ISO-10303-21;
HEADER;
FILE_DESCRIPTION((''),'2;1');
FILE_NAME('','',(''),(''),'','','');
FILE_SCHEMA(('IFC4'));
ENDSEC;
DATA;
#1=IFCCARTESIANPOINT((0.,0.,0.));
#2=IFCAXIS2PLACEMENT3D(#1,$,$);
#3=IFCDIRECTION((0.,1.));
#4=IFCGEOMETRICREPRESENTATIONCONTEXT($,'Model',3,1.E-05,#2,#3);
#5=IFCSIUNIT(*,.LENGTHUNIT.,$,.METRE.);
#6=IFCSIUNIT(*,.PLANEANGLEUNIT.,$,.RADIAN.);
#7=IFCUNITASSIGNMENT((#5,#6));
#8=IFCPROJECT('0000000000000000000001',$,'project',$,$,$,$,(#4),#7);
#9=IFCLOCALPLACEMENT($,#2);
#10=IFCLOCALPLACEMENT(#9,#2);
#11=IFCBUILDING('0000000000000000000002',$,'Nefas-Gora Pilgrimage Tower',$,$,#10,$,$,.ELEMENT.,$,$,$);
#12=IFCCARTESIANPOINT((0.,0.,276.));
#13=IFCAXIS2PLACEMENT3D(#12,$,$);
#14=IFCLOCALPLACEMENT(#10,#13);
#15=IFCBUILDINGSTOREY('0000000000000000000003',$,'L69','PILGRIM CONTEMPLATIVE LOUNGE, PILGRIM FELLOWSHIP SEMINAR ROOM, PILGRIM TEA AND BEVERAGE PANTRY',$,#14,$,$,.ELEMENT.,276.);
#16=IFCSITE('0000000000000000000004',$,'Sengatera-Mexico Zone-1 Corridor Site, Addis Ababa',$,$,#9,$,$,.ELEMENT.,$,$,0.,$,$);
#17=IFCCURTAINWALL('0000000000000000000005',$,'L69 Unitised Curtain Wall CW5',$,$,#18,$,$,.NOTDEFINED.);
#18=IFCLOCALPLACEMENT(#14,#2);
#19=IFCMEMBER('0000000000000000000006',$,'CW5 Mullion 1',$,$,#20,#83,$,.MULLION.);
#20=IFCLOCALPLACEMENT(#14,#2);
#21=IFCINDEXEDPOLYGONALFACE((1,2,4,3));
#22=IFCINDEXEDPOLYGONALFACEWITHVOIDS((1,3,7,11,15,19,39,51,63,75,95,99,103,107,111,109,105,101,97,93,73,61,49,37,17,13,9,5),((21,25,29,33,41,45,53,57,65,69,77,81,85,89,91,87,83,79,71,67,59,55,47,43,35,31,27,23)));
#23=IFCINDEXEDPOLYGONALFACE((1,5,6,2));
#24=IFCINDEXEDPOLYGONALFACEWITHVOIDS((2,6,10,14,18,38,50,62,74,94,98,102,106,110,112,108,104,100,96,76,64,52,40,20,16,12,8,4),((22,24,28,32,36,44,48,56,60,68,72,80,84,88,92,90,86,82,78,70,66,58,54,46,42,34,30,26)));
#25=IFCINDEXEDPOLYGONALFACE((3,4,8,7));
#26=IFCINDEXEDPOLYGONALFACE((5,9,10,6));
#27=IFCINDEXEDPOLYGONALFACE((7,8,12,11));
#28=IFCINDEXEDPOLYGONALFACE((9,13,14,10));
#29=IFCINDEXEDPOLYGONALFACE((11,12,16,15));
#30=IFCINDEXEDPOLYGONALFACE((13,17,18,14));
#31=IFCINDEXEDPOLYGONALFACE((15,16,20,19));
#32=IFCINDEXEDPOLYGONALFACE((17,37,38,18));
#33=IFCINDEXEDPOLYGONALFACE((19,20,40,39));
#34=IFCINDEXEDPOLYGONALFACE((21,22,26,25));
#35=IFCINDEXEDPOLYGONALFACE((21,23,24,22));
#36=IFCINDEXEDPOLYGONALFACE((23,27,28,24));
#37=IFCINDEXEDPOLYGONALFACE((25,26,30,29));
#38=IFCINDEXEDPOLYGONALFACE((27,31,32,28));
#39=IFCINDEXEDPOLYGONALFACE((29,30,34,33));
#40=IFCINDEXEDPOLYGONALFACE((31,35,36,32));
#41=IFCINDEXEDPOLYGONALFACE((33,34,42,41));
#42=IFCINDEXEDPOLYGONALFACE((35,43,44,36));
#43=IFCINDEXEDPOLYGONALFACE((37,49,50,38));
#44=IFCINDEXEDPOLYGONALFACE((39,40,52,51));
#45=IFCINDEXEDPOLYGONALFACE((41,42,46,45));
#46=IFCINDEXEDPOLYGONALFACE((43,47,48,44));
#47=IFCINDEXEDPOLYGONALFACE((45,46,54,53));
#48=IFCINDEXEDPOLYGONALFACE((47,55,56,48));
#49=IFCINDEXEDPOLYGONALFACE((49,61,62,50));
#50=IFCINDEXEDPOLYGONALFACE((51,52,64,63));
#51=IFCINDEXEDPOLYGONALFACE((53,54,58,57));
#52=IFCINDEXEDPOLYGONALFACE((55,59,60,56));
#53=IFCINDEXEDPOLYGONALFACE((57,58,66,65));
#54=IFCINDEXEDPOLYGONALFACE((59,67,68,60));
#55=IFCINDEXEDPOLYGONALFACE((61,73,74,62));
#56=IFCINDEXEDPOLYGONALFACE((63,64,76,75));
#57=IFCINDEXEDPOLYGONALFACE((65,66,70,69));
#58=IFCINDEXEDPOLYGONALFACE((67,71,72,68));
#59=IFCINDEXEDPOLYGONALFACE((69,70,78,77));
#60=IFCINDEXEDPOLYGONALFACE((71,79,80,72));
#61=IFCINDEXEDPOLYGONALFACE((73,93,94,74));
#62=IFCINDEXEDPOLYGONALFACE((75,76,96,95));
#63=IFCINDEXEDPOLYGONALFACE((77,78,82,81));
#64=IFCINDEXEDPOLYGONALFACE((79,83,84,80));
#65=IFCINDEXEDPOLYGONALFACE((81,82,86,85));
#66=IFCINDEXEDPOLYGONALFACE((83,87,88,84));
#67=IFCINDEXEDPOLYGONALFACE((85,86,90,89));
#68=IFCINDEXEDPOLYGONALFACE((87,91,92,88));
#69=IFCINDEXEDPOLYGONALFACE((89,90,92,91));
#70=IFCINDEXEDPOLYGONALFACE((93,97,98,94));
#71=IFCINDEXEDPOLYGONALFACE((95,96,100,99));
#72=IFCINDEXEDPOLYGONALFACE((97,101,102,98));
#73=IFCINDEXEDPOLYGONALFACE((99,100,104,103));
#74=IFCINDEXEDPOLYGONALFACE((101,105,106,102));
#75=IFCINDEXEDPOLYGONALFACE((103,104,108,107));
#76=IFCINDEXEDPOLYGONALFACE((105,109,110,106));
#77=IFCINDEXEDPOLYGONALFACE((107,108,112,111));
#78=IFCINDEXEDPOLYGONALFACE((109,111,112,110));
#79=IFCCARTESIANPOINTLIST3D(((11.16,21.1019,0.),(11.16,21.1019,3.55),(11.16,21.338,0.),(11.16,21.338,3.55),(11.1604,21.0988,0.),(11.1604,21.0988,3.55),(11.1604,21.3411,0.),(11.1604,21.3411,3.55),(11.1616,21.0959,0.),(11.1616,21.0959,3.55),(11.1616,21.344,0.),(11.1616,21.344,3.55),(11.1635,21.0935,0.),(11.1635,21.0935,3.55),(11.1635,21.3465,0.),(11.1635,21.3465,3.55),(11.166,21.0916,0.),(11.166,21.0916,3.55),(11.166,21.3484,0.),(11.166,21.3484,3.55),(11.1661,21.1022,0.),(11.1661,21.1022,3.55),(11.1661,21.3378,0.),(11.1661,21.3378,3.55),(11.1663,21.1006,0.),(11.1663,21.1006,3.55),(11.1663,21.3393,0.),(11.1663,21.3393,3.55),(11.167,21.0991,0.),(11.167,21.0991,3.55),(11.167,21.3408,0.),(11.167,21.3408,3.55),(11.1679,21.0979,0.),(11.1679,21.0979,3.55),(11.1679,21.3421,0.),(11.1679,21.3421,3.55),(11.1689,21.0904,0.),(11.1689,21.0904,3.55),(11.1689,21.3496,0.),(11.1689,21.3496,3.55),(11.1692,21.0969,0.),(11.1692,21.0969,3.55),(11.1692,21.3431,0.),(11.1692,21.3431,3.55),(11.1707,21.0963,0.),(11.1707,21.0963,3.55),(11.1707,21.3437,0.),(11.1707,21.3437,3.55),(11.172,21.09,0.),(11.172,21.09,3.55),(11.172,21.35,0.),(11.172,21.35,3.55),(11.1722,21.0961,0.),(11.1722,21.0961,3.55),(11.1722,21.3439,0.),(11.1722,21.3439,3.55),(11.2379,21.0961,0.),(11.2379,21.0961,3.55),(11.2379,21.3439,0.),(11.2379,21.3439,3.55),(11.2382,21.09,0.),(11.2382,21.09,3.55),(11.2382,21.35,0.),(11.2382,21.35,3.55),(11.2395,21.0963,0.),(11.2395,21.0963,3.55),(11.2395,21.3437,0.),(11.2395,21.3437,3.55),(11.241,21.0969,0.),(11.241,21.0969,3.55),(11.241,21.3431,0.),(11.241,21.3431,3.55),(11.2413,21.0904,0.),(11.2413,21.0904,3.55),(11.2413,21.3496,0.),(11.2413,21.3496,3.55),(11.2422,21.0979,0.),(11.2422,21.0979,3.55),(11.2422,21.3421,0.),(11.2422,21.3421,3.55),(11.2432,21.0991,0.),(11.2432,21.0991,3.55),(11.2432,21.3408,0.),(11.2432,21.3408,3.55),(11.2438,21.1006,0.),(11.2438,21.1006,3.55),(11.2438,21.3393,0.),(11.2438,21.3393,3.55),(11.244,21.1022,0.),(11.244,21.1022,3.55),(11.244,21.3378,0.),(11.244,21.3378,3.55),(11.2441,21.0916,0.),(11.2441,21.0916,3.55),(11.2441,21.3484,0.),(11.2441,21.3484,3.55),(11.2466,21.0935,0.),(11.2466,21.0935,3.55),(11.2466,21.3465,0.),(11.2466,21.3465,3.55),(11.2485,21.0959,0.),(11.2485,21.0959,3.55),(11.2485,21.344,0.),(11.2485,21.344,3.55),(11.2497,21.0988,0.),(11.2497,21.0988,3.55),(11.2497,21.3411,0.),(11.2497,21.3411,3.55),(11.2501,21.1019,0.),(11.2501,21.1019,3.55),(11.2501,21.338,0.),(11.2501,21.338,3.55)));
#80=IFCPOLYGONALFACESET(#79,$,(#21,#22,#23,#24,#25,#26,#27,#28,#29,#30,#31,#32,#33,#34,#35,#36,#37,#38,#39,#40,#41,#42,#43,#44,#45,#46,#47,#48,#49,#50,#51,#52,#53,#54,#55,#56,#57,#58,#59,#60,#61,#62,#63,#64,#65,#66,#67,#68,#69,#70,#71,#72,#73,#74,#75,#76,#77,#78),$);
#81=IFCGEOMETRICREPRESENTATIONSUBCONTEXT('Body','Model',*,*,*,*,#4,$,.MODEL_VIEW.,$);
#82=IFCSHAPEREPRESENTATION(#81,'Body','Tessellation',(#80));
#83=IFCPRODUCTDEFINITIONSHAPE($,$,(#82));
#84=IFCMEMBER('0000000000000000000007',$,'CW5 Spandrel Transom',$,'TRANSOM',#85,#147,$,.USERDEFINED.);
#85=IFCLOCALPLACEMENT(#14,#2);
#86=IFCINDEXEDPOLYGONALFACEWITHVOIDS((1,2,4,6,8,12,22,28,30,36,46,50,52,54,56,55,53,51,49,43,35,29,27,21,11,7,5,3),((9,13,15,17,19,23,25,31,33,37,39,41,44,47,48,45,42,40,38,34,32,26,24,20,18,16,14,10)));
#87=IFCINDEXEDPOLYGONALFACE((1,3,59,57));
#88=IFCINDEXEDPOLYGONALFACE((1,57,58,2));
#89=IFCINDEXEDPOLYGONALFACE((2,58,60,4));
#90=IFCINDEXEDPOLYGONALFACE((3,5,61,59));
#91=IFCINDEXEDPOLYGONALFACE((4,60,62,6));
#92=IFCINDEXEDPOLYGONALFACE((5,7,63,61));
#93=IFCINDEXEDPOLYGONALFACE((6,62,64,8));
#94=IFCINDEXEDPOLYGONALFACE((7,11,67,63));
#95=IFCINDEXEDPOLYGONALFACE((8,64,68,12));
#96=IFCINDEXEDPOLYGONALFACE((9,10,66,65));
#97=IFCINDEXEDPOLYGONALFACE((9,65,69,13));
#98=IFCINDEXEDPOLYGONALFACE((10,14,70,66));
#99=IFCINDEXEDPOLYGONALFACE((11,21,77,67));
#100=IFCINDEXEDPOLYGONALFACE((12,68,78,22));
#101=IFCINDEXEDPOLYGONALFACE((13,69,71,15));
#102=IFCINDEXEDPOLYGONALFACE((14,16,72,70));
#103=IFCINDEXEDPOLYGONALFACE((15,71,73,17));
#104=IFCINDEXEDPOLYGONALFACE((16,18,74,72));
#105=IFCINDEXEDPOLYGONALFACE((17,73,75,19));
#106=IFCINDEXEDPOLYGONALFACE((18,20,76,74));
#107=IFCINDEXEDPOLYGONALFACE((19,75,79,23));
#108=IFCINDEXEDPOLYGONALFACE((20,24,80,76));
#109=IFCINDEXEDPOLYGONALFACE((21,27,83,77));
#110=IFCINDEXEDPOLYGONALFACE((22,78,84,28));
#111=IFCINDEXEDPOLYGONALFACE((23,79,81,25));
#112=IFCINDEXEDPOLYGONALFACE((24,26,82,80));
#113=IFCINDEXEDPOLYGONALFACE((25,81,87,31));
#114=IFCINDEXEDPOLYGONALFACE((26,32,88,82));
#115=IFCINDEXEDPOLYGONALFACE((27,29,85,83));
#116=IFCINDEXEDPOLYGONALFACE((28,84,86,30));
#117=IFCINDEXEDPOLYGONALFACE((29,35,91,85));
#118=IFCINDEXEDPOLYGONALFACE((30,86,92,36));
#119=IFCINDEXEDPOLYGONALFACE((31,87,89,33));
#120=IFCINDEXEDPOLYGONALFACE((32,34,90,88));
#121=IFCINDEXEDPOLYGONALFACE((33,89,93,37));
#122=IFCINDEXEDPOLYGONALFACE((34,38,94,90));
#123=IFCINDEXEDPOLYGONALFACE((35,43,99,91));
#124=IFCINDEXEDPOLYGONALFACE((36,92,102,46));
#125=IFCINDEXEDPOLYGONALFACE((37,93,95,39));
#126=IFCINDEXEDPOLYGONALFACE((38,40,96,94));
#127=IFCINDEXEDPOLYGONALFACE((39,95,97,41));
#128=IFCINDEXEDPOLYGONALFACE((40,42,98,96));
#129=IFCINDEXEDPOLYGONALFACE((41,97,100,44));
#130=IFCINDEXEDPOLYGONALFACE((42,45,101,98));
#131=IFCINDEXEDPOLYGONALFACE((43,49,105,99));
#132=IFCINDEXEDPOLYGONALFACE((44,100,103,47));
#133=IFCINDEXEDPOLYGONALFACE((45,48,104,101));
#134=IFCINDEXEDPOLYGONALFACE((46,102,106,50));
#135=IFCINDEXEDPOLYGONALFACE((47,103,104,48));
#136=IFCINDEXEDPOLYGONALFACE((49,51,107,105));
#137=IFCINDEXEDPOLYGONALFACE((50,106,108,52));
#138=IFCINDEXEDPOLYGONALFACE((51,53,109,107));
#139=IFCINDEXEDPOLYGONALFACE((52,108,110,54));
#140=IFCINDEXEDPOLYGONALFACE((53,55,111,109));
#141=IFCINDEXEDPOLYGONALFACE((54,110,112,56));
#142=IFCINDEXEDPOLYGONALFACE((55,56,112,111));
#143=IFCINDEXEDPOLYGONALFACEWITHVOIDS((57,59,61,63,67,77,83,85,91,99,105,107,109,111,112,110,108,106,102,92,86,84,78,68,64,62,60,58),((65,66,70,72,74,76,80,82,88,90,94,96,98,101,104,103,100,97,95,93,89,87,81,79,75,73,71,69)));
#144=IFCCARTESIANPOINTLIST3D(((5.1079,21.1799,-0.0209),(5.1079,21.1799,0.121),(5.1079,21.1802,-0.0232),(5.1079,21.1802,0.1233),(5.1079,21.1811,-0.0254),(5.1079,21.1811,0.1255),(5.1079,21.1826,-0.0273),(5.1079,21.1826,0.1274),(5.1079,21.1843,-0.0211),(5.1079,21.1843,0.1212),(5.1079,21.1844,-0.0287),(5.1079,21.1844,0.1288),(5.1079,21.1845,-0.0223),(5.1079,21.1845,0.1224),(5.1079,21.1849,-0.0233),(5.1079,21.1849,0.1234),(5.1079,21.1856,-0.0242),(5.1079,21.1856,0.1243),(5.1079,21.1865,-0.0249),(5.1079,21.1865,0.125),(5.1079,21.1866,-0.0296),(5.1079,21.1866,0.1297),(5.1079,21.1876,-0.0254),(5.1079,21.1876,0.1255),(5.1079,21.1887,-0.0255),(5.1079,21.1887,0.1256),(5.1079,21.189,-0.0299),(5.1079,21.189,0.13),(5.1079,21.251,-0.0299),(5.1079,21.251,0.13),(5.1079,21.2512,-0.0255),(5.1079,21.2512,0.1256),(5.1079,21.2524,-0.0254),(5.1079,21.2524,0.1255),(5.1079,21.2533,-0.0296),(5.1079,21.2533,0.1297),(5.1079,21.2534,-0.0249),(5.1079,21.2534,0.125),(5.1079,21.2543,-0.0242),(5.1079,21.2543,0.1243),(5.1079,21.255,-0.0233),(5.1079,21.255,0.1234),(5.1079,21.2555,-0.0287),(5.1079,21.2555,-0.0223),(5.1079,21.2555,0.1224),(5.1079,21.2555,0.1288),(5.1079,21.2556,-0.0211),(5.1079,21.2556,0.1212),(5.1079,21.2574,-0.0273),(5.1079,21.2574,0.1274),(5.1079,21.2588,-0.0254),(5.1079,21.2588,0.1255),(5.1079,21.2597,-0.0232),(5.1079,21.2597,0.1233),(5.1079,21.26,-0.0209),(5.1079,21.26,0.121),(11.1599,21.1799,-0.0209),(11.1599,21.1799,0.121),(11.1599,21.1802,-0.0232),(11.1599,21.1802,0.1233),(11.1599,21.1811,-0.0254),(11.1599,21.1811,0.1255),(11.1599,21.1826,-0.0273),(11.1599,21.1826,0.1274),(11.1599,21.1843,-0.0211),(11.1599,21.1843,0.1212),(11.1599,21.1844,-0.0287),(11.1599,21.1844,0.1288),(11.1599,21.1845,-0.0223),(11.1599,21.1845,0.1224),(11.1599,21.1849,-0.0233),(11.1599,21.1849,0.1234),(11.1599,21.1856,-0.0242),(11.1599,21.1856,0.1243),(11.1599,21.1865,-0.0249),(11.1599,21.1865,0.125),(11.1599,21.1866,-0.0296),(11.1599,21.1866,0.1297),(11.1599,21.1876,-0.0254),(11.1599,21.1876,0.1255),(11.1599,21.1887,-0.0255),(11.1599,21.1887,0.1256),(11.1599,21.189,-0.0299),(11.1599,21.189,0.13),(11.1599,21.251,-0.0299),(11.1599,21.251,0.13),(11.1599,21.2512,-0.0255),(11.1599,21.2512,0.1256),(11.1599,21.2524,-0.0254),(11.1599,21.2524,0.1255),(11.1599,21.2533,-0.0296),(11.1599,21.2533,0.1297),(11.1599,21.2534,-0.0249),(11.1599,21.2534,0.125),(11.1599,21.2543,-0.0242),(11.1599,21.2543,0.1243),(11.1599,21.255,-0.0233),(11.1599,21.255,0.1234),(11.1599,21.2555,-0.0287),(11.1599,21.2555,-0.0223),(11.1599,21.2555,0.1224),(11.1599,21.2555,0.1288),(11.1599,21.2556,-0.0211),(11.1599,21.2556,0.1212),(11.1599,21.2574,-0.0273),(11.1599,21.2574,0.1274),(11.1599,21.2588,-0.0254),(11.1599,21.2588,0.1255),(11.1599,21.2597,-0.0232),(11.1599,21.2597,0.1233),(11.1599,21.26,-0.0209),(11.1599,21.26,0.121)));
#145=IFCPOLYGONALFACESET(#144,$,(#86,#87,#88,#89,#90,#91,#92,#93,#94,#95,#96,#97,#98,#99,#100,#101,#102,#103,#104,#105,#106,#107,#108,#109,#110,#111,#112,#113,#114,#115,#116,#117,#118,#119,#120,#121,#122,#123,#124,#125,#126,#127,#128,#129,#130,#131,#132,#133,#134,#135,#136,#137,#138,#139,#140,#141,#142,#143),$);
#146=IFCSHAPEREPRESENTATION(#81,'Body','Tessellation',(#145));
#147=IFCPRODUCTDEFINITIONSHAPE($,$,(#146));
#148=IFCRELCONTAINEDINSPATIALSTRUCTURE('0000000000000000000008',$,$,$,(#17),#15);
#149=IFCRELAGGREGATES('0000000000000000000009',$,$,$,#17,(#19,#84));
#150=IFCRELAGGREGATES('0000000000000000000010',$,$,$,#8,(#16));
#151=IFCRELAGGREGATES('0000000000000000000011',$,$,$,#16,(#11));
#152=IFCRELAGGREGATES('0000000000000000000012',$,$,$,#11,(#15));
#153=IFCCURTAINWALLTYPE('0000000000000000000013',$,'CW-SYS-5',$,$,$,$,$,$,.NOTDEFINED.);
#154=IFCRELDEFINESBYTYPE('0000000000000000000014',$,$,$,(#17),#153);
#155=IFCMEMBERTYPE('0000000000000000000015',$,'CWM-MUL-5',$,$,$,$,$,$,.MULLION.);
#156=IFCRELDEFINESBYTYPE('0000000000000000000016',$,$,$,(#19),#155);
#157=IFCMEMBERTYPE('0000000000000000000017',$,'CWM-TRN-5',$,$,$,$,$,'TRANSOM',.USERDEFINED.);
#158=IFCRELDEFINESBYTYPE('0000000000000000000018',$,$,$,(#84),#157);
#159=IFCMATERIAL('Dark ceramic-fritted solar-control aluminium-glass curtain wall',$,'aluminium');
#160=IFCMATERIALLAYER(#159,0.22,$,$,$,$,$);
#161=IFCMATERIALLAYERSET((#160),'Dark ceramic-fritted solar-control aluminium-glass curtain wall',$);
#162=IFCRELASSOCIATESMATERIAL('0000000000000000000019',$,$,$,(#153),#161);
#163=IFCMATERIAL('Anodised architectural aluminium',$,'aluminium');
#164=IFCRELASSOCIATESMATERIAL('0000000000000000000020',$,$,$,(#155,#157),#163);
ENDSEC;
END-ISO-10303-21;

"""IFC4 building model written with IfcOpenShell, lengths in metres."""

from ifc_helpers import new_model, si_unit, direction, frame, origin, origin_2d, place, context, subcontext, project, spatial, hollow_rectangle, extrude, source, transform, mapped, material, layer, layer_set, material_profile, profile_set, type_object, element, aggregate, save


model = new_model("IFC4")

# Units and contexts
model_context = context("Model", 3, precision=1e-05, world=origin(), true_north=direction((0.0, 1.0)))
body_context = subcontext(model_context, "Body", "Model", "MODEL_VIEW")
ifc_project = project(units=[si_unit("LENGTHUNIT", "METRE"), si_unit("PLANEANGLEUNIT", "RADIAN")], contexts=[model_context])

# Site, building, storey
site_placement = place(None, origin())
site = spatial("IfcSite", under=ifc_project, at=site_placement, Name="Sengatera-Mexico Zone-1 Corridor Site, Addis Ababa", CompositionType="ELEMENT", RefElevation=0.0)
building_placement = place(site_placement, origin())
building = spatial("IfcBuilding", under=site, at=building_placement, Name="Nefas-Gora Pilgrimage Tower", CompositionType="ELEMENT")
storey_placement = place(building_placement, frame((0.0, 0.0, 276.0)))
storey = spatial("IfcBuildingStorey", under=building, at=storey_placement, Name="L69", Description="PILGRIM CONTEMPLATIVE LOUNGE, PILGRIM FELLOWSHIP SEMINAR ROOM, PILGRIM TEA AND BEVERAGE PANTRY", CompositionType="ELEMENT", Elevation=276.0)

# Curtain wall, members
ifc_material_1 = material(Name="Dark ceramic-fritted solar-control aluminium-glass curtain wall", Category="aluminium")
ifc_layer_1 = layer(ifc_material_1, 0.22)
ifc_layer_set_1 = layer_set([ifc_layer_1], Name="Dark ceramic-fritted solar-control aluminium-glass curtain wall")
curtain_wall_type_1 = type_object("IfcCurtainWallType", Name="CW-SYS-5", PredefinedType="NOTDEFINED", material=ifc_layer_set_1)
curtain_wall_1_placement = place(storey_placement, origin())
curtain_wall_1 = element("IfcCurtainWall", 1, at=curtain_wall_1_placement, inside=storey, type_object=curtain_wall_type_1, Name="L69 Unitised Curtain Wall CW5", PredefinedType="NOTDEFINED")
ifc_material_2 = material(Name="Anodised architectural aluminium", Category="aluminium")
ifc_material_profile_1 = material_profile(ifc_material_2, hollow_rectangle(XDim=0.0901, YDim=0.26, WallThickness=0.0061, InnerFilletRadius=0.0061, OuterFilletRadius=0.012, at=origin_2d()), Name="ALU MULLION 90x260")
ifc_profile_set_1 = profile_set([ifc_material_profile_1], Name="Anodised architectural aluminium")
member_type_1 = type_object("IfcMemberType", Name="CWM-MUL-5", PredefinedType="MULLION", material=ifc_profile_set_1)
shared_shape_1 = source(origin(), body_context, "Body", "SweptSolid", [
    extrude(hollow_rectangle(XDim=0.0901, YDim=0.26, WallThickness=0.0061, InnerFilletRadius=0.0061, OuterFilletRadius=0.012, at=origin_2d()), origin(), (0.0, 0.0, 1.0), 3.55),
])
member_1_placement = place(storey_placement, frame((11.2051, 21.22, 0.0), z_axis=(0.0, 0.0, 1.0), x_axis=(-1.0, 0.0, 0.0)))
member_1 = element("IfcMember", 2, at=member_1_placement, type_object=member_type_1, Name="CW5 Mullion 1", PredefinedType="MULLION", context=body_context, shape_type="MappedRepresentation", body=[
    mapped(shared_shape_1, transform((0.0, 0.0, 0.0), x_axis=(1.0, 0.0, 0.0), y_axis=(0.0, 1.0, 0.0), z_axis=(0.0, 0.0, 1.0), scale=1.0)),
])
ifc_material_profile_2 = material_profile(ifc_material_2, hollow_rectangle(XDim=0.0801, YDim=0.1599, WallThickness=0.0044, InnerFilletRadius=0.0044, OuterFilletRadius=0.009, at=origin_2d()), Name="ALU TRANSOM 80x160")
ifc_profile_set_2 = profile_set([ifc_material_profile_2], Name="Anodised architectural aluminium")
member_type_2 = type_object("IfcMemberType", Name="CWM-TRN-5", ElementType="TRANSOM", PredefinedType="USERDEFINED", material=ifc_profile_set_2)
shared_shape_2 = source(origin(), body_context, "Body", "SweptSolid", [
    extrude(hollow_rectangle(XDim=0.0801, YDim=0.1599, WallThickness=0.0044, InnerFilletRadius=0.0044, OuterFilletRadius=0.009, at=origin_2d()), origin(), (0.0, 0.0, 1.0), 6.052),
])
member_2_placement = place(storey_placement, frame((11.1599, 21.22, 0.05), z_axis=(-1.0, 0.0, 0.0), x_axis=(0.0, -1.0, 0.0)))
member_2 = element("IfcMember", 3, at=member_2_placement, type_object=member_type_2, Name="CW5 Spandrel Transom", ObjectType="TRANSOM", PredefinedType="USERDEFINED", context=body_context, shape_type="MappedRepresentation", body=[
    mapped(shared_shape_2, transform((0.0, 0.0, 0.0), x_axis=(1.0, 0.0, 0.0), y_axis=(0.0, 1.0, 0.0), z_axis=(0.0, 0.0, 1.0), scale=1.0)),
])

aggregate(curtain_wall_1, [member_1, member_2])

save(model, "model.ifc")
